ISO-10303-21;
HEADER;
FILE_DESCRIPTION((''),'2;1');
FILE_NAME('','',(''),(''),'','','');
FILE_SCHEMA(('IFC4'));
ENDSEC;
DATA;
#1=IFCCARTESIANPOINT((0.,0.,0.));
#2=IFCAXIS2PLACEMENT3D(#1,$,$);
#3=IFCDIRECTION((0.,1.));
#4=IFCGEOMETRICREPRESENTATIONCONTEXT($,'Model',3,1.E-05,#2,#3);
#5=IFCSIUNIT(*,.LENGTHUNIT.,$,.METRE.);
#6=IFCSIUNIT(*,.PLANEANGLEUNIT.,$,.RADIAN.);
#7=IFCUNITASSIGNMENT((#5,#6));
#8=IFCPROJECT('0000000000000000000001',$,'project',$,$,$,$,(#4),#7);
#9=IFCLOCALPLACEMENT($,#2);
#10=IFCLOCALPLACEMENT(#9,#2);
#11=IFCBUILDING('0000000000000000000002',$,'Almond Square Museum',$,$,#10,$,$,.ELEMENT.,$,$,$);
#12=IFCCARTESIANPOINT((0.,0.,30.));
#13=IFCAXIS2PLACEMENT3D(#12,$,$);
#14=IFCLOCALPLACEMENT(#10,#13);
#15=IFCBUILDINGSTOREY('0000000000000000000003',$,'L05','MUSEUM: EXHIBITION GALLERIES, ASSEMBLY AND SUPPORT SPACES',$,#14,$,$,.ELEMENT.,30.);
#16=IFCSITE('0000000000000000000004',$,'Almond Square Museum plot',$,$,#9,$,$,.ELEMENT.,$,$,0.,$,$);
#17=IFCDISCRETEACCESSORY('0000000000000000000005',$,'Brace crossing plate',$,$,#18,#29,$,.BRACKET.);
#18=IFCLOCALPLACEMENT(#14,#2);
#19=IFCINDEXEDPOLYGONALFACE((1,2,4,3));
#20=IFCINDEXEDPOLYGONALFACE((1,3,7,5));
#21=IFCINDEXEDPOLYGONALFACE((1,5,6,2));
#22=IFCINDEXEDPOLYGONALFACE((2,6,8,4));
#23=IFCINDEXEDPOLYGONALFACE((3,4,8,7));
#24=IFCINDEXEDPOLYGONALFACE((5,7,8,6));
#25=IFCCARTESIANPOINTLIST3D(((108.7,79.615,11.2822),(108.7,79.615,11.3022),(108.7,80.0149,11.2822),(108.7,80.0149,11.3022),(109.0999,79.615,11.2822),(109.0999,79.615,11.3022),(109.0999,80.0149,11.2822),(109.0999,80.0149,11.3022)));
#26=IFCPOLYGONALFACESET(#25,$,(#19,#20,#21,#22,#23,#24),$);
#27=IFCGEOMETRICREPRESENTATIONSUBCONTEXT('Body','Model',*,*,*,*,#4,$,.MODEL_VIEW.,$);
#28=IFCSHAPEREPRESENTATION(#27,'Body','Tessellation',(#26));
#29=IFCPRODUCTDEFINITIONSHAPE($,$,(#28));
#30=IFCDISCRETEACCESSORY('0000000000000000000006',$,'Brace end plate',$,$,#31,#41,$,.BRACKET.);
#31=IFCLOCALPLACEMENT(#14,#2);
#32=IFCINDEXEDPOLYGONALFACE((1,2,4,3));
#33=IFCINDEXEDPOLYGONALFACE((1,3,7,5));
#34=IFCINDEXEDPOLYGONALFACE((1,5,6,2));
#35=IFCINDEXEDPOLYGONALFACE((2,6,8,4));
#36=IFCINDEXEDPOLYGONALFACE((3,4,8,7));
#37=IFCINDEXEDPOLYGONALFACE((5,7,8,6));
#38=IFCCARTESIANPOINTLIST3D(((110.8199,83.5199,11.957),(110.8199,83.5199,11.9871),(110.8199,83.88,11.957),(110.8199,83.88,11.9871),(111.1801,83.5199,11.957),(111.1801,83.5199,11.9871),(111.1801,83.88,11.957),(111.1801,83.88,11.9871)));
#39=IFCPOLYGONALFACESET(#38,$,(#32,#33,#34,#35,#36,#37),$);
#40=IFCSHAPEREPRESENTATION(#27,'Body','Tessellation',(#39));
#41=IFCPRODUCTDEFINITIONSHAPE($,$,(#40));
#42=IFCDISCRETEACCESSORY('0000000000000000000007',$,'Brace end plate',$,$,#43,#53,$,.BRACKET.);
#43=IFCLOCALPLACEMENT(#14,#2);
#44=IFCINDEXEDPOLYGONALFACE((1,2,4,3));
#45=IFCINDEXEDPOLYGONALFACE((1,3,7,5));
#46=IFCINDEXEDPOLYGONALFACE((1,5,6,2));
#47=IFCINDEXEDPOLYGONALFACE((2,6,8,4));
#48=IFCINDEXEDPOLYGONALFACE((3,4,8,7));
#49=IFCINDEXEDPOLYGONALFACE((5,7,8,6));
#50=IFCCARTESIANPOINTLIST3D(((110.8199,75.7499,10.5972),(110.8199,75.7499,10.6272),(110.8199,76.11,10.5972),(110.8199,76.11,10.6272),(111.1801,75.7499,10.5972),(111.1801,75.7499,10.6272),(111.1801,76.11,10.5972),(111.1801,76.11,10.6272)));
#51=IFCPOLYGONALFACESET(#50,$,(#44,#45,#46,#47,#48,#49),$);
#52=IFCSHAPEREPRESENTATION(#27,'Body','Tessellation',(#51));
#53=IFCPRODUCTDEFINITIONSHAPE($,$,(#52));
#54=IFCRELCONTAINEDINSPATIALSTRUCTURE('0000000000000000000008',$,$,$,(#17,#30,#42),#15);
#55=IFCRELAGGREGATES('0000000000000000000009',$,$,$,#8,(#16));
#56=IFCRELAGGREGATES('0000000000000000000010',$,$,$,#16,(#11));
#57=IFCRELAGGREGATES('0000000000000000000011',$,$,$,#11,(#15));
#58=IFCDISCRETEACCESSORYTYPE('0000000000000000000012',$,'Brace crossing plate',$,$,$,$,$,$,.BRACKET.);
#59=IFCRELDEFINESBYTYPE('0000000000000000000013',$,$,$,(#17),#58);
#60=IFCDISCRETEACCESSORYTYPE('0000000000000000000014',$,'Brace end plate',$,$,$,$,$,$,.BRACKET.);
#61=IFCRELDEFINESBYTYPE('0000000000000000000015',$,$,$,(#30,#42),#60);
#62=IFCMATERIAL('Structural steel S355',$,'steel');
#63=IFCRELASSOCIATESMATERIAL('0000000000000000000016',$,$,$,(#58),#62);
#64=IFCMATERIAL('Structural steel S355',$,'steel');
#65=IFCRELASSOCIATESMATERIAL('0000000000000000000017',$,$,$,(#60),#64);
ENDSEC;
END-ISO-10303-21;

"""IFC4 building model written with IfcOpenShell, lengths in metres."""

from ifc_helpers import new_model, si_unit, direction, frame, origin, origin_2d, place, context, subcontext, project, spatial, rectangle, extrude, material, type_object, element, save


model = new_model("IFC4")

# Units and contexts
model_context = context("Model", 3, precision=1e-05, world=origin(), true_north=direction((0.0, 1.0)))
body_context = subcontext(model_context, "Body", "Model", "MODEL_VIEW")
ifc_project = project(units=[si_unit("LENGTHUNIT", "METRE"), si_unit("PLANEANGLEUNIT", "RADIAN")], contexts=[model_context])

# Site, building, storey
site_placement = place(None, origin())
site = spatial("IfcSite", under=ifc_project, at=site_placement, Name="Almond Square Museum plot", CompositionType="ELEMENT", RefElevation=0.0)
building_placement = place(site_placement, origin())
building = spatial("IfcBuilding", under=site, at=building_placement, Name="Almond Square Museum", CompositionType="ELEMENT")
storey_placement = place(building_placement, frame((0.0, 0.0, 30.0)))
storey = spatial("IfcBuildingStorey", under=building, at=storey_placement, Name="L05", Description="MUSEUM: EXHIBITION GALLERIES, ASSEMBLY AND SUPPORT SPACES", CompositionType="ELEMENT", Elevation=30.0)

# Discrete accessories
ifc_material_1 = material(Name="Structural steel S355", Category="steel")
discrete_accessory_type_1 = type_object("IfcDiscreteAccessoryType", Name="Brace crossing plate", PredefinedType="BRACKET", material=ifc_material_1)
discrete_accessory_placement = place(storey_placement, frame((108.8999, 79.8149, 11.2822), z_axis=(0.0, 0.0, 1.0), x_axis=(1.0, 0.0, 0.0)))
element("IfcDiscreteAccessory", 1, at=discrete_accessory_placement, inside=storey, type_object=discrete_accessory_type_1, Name="Brace crossing plate", PredefinedType="BRACKET", context=body_context, shape_type="SweptSolid", body=[
    extrude(rectangle(XDim=0.3999, YDim=0.3999, at=origin_2d()), origin(), (0.0, 0.0, 1.0), 0.02),
])
ifc_material_2 = material(Name="Structural steel S355", Category="steel")
discrete_accessory_type_2 = type_object("IfcDiscreteAccessoryType", Name="Brace end plate", PredefinedType="BRACKET", material=ifc_material_2)
for number, where, z_axis, x_axis, name in (
    (2, (111.0, 83.7, 11.957), (0.0, 0.0, 1.0), (1.0, 0.0, 0.0), "Brace end plate"),
    (3, (111.0, 75.9299, 10.5972), (0.0, 0.0, 1.0), (1.0, 0.0, 0.0), "Brace end plate"),
):
    element("IfcDiscreteAccessory", number, at=place(storey_placement, frame(where, z_axis=z_axis, x_axis=x_axis)), inside=storey, type_object=discrete_accessory_type_2, Name=name, PredefinedType="BRACKET", context=body_context, shape_type="SweptSolid", body=[
        extrude(rectangle(XDim=0.3601, YDim=0.3601, at=origin_2d()), origin(), (0.0, 0.0, 1.0), 0.03),
    ])

save(model, "model.ifc")
